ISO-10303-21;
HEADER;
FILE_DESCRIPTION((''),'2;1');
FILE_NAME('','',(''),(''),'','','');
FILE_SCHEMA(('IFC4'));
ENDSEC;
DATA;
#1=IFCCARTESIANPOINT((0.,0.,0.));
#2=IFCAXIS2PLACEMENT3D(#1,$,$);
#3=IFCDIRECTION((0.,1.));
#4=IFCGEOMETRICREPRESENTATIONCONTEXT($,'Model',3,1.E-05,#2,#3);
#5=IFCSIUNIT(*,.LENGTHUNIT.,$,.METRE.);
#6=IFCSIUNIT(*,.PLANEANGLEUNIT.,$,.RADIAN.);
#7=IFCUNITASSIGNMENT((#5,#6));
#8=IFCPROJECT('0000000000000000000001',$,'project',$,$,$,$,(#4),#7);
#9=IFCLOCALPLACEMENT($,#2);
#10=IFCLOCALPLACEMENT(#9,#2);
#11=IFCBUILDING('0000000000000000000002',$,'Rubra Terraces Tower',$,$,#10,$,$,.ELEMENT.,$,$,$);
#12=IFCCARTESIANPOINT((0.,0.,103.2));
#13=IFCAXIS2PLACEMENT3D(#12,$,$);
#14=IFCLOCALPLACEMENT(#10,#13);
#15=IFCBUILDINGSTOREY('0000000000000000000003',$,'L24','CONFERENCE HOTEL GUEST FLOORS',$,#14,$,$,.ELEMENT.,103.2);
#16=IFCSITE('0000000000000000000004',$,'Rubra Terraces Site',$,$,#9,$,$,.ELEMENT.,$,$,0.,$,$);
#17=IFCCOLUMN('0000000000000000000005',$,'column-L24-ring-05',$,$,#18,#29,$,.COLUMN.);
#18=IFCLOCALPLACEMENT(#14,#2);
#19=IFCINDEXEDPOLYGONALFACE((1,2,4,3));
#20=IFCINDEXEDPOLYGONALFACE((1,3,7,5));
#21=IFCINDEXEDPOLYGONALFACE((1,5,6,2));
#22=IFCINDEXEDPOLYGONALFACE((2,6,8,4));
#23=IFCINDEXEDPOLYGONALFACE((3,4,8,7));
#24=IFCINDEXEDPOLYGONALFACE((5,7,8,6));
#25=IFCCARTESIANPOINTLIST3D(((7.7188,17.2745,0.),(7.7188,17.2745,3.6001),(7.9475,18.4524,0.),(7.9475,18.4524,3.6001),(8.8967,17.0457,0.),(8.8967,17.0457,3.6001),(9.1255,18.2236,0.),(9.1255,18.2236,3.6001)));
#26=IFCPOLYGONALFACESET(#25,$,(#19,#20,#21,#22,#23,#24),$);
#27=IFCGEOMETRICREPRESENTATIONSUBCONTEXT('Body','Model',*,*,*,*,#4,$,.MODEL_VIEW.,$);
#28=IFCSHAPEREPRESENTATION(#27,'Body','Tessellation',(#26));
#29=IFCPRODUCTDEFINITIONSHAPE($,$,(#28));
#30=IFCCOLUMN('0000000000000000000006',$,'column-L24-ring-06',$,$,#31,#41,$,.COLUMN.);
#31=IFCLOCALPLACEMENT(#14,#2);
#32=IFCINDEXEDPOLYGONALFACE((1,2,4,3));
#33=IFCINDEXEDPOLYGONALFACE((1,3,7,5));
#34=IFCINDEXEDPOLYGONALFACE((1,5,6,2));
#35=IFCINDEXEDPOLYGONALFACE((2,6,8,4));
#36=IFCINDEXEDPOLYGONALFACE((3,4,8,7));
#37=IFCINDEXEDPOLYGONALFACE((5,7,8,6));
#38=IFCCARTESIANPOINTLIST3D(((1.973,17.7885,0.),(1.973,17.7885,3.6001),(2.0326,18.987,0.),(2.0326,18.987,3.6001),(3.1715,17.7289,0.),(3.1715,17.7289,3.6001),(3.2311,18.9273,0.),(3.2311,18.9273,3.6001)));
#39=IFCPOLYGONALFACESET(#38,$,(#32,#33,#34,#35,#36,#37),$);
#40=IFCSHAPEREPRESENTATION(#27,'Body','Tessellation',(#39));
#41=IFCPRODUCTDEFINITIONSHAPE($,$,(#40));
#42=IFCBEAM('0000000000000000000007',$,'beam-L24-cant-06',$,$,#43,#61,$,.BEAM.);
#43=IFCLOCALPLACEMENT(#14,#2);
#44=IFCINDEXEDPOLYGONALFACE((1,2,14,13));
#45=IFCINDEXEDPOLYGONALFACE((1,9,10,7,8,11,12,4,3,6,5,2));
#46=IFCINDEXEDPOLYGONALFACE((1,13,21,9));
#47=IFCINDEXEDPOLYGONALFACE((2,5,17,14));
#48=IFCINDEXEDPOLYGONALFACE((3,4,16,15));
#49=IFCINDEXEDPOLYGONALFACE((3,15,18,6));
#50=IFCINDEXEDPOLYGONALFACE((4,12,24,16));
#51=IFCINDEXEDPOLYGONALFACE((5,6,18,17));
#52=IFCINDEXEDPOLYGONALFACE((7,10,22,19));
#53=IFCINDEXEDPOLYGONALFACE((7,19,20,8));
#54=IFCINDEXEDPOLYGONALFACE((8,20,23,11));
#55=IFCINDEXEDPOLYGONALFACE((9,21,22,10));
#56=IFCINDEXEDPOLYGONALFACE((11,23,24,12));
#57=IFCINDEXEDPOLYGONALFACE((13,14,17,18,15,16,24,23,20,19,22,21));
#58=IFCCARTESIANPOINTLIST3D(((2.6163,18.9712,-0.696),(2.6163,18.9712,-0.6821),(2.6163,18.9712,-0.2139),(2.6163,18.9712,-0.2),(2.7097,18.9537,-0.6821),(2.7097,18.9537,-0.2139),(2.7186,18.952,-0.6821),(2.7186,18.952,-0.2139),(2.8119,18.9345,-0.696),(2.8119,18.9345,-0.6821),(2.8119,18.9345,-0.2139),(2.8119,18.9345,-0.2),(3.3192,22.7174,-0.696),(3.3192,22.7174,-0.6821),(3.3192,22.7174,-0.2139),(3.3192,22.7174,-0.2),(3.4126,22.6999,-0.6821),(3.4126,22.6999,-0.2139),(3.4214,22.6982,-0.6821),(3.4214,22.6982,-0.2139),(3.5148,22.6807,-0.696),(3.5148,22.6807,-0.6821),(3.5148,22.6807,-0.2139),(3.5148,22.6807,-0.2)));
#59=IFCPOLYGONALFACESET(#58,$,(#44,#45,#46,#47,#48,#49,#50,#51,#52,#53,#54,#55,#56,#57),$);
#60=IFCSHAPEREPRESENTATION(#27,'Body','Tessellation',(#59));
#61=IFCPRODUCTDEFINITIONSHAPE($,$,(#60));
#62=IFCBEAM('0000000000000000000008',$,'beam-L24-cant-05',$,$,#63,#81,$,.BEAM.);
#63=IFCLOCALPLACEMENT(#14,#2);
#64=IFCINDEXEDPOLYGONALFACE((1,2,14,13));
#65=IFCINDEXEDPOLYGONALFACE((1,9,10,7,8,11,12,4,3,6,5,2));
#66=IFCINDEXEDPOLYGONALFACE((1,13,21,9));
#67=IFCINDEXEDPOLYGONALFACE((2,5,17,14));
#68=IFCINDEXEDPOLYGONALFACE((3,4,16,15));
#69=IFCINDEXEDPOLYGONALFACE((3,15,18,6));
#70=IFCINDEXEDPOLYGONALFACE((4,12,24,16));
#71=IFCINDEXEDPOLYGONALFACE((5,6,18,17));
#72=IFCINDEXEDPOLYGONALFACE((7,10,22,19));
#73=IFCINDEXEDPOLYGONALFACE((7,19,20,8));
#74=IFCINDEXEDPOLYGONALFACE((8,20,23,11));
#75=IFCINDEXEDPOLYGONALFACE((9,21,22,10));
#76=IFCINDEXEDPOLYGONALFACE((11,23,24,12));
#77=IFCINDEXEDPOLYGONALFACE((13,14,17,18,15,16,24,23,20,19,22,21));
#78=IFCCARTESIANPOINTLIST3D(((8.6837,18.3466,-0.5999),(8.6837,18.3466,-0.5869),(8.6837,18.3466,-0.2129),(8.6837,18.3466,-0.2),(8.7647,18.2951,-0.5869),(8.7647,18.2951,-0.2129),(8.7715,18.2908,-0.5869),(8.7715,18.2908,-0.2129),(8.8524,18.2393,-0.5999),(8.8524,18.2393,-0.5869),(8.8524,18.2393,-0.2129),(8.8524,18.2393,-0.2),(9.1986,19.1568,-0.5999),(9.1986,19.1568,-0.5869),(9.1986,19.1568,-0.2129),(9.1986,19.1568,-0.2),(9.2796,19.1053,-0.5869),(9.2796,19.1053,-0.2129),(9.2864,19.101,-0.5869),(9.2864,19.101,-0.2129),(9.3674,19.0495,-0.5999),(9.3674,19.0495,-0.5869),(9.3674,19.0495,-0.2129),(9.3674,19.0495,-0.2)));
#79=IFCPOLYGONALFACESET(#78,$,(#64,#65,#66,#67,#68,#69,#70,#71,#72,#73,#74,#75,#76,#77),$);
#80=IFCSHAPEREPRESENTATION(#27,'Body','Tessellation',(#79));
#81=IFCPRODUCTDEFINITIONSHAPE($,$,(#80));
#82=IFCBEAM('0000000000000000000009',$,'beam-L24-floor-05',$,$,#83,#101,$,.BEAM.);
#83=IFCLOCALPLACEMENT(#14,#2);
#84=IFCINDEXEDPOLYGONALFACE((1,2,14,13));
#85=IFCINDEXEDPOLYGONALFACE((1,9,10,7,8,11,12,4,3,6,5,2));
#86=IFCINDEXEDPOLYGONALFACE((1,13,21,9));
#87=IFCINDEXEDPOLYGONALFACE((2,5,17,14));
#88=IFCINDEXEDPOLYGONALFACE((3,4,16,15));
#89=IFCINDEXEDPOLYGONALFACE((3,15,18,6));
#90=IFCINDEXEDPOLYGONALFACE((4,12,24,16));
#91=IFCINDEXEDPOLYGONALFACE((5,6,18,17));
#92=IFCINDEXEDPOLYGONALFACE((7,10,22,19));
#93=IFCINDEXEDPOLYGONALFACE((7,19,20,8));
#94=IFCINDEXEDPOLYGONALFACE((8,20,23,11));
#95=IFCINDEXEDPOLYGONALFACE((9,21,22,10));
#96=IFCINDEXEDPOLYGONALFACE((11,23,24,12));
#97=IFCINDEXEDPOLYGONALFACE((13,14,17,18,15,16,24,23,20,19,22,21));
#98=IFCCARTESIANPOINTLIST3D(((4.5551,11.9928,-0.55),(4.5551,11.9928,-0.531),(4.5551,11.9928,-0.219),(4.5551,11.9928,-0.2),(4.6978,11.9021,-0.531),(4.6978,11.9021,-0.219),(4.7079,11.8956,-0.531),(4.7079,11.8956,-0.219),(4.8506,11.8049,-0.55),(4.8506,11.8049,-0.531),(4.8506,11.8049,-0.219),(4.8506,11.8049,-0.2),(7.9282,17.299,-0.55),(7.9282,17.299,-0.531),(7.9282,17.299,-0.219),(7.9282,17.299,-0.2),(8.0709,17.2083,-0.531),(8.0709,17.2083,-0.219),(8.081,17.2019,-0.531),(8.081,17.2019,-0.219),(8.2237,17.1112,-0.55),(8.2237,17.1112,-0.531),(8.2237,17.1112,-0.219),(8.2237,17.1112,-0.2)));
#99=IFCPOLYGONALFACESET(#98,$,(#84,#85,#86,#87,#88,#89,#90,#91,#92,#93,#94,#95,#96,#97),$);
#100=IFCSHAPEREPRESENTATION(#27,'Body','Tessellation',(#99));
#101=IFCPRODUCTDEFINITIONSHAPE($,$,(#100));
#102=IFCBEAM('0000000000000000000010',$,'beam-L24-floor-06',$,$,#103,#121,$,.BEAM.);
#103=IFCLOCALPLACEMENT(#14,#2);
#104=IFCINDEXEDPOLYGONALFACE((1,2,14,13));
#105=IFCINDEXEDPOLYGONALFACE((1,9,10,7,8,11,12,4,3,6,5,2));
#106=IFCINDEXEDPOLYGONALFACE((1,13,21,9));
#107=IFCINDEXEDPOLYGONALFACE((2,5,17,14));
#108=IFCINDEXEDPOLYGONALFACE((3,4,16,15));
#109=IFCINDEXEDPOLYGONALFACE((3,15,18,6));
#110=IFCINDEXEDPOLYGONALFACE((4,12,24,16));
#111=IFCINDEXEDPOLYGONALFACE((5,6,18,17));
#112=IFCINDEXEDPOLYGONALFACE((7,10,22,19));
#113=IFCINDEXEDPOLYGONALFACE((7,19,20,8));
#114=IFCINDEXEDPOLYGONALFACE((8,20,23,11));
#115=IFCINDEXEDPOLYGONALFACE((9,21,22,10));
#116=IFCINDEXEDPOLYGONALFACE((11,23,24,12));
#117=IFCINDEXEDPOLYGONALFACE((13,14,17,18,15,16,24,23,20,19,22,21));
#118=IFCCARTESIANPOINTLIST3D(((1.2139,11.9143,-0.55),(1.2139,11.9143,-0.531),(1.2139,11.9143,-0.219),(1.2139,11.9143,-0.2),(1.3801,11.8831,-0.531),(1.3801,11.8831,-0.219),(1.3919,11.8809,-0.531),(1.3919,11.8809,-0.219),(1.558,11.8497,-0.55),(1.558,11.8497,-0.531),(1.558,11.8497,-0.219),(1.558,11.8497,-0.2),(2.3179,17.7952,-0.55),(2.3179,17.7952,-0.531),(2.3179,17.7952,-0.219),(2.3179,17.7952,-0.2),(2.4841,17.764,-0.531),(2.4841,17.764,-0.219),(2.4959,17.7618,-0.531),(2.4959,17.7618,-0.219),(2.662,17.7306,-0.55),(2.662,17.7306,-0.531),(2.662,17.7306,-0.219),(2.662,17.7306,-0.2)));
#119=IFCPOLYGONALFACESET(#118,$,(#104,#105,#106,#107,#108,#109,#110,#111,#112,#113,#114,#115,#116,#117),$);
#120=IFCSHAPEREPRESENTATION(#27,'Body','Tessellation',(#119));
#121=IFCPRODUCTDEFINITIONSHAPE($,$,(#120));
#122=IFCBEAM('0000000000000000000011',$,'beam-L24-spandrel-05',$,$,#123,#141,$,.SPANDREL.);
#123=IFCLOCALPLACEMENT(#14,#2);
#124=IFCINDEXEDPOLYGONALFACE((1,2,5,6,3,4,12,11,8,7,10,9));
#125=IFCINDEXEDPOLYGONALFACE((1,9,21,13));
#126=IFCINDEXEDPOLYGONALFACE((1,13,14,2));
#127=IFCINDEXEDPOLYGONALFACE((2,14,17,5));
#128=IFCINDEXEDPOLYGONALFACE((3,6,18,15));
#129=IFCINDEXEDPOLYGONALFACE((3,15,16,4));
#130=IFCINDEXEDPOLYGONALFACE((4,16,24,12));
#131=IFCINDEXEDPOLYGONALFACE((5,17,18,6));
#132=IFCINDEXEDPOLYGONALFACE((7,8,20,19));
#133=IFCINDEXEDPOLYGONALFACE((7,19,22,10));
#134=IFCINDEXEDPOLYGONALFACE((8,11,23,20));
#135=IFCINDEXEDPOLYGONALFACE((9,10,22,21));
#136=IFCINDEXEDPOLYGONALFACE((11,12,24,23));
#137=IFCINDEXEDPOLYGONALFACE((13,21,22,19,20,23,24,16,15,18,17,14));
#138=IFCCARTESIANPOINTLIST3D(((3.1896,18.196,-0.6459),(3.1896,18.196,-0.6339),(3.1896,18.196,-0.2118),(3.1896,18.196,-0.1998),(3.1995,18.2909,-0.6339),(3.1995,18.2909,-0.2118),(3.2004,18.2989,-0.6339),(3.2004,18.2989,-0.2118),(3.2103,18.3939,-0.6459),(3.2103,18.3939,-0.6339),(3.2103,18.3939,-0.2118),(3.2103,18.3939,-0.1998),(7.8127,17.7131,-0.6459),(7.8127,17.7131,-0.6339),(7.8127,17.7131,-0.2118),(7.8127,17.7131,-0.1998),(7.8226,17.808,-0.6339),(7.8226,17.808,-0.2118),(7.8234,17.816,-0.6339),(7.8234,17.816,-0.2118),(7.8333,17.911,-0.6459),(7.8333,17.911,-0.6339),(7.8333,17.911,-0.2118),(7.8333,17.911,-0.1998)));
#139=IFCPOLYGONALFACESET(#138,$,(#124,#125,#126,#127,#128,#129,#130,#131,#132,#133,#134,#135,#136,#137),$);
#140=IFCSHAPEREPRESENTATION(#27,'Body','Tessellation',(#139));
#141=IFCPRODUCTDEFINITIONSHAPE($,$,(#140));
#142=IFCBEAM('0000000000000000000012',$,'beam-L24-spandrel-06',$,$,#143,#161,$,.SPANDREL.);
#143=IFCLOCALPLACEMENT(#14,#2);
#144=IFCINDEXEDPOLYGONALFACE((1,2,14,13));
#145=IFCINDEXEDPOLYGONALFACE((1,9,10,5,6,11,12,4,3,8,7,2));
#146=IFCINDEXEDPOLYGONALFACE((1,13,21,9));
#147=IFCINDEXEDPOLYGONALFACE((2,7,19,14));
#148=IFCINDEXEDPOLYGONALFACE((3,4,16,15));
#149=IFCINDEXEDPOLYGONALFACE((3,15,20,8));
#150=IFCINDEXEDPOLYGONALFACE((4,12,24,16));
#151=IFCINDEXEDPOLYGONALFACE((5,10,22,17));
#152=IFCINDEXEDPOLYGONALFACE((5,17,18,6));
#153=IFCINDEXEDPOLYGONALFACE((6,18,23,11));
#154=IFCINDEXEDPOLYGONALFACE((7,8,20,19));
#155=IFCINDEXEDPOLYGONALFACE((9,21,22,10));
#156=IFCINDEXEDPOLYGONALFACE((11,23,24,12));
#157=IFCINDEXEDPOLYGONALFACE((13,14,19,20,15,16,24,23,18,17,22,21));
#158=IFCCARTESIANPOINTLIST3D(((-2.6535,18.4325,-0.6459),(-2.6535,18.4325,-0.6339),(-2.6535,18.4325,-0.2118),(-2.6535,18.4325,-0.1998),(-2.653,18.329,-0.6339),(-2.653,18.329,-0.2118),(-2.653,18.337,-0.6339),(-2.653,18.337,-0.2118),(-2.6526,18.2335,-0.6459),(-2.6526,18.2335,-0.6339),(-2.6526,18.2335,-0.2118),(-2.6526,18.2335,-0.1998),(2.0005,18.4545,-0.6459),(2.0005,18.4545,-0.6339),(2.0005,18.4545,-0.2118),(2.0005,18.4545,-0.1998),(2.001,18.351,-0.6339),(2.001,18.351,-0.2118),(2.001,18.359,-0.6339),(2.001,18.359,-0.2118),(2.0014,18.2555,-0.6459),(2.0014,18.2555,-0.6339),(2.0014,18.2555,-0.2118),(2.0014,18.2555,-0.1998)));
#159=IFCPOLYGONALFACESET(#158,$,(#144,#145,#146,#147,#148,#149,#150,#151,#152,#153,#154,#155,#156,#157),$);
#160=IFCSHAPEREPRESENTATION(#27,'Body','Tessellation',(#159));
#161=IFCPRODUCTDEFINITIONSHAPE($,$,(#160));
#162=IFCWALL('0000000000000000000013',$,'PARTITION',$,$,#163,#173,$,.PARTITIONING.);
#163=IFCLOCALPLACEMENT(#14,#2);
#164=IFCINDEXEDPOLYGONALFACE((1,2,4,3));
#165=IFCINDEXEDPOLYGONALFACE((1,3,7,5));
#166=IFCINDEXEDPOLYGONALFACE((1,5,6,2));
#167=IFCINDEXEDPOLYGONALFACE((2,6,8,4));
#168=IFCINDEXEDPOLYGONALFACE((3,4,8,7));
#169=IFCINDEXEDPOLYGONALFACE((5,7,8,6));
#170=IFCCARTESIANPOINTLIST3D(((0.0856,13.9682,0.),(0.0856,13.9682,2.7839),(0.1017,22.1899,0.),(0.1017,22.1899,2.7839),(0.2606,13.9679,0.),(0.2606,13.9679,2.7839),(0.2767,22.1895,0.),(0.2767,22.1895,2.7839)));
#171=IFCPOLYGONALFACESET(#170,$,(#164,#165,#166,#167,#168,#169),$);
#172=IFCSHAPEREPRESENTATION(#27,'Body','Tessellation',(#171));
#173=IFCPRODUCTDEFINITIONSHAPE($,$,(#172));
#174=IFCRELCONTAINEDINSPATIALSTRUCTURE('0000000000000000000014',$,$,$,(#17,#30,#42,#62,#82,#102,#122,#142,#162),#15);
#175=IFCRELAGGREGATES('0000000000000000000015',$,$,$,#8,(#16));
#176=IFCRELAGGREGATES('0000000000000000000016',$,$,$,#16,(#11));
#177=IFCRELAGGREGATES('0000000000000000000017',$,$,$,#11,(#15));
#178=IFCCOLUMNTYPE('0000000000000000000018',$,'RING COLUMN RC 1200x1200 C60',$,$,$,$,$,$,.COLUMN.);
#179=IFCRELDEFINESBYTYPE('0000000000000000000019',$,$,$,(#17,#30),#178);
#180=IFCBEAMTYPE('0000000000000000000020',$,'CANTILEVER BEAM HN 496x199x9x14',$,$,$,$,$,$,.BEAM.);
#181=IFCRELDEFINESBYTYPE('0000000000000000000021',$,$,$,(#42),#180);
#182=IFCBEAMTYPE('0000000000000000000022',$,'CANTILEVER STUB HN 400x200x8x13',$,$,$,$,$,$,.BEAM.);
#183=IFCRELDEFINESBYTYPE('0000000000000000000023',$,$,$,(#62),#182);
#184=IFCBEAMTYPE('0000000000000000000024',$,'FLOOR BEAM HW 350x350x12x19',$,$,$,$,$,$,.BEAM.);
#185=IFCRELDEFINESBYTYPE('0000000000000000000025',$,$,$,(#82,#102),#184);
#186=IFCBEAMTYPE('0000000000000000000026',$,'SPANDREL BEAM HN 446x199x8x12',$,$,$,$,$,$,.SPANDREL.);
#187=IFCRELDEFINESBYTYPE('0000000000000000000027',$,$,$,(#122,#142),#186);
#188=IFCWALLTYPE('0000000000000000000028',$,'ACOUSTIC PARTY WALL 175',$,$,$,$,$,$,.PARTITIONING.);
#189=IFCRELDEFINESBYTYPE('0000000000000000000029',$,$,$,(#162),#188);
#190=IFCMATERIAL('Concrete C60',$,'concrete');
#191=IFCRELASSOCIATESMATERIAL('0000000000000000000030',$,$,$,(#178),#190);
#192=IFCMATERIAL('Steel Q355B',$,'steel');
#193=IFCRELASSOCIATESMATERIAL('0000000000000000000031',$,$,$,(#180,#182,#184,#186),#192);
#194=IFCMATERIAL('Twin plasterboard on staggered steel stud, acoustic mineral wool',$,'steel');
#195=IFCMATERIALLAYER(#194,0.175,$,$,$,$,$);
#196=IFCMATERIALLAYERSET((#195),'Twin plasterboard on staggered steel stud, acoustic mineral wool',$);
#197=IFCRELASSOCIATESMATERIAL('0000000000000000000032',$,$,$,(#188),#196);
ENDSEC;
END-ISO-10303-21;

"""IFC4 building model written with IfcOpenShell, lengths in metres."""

from ifc_helpers import new_model, si_unit, direction, frame, frame_2d, origin, origin_2d, place, context, subcontext, project, spatial, rectangle, i_section, extrude, material, layer, layer_set, material_profile, profile_set, type_object, element, save


model = new_model("IFC4")

# Units and contexts
model_context = context("Model", 3, precision=1e-05, world=origin(), true_north=direction((0.0, 1.0)))
body_context = subcontext(model_context, "Body", "Model", "MODEL_VIEW")
ifc_project = project(units=[si_unit("LENGTHUNIT", "METRE"), si_unit("PLANEANGLEUNIT", "RADIAN")], contexts=[model_context])

# Site, building, storey
site_placement = place(None, origin())
site = spatial("IfcSite", under=ifc_project, at=site_placement, Name="Rubra Terraces Site", CompositionType="ELEMENT", RefElevation=0.0)
building_placement = place(site_placement, origin())
building = spatial("IfcBuilding", under=site, at=building_placement, Name="Rubra Terraces Tower", CompositionType="ELEMENT")
storey_placement = place(building_placement, frame((0.0, 0.0, 103.2)))
storey = spatial("IfcBuildingStorey", under=building, at=storey_placement, Name="L24", Description="CONFERENCE HOTEL GUEST FLOORS", CompositionType="ELEMENT", Elevation=103.2)

# Columns
ifc_material_1 = material(Name="Concrete C60", Category="concrete")
ifc_material_profile_1 = material_profile(ifc_material_1, rectangle(XDim=1.2, YDim=1.2, at=origin_2d()), Name="RC 1200x1200")
ifc_profile_set_1 = profile_set([ifc_material_profile_1], Name="Concrete C60")
column_type = type_object("IfcColumnType", Name="RING COLUMN RC 1200x1200 C60", PredefinedType="COLUMN", material=ifc_profile_set_1)
for number, where, z_axis, x_axis, name in (
    (1, (8.4221, 17.749, 0.0), (0.0, 0.0, 1.0), (-0.981655, 0.190668, 0.0), "column-L24-ring-05"),
    (2, (2.6021, 18.3579, 0.0), (0.0, 0.0, 1.0), (-0.998764, 0.049699, 0.0), "column-L24-ring-06"),
):
    element("IfcColumn", number, at=place(storey_placement, frame(where, z_axis=z_axis, x_axis=x_axis)), inside=storey, type_object=column_type, Name=name, PredefinedType="COLUMN", context=body_context, shape_type="SweptSolid", body=[
        extrude(rectangle(XDim=1.2, YDim=1.2, at=origin_2d()), origin(), (0.0, 0.0, 1.0), 3.6001),
    ])

# Beams
ifc_material_2 = material(Name="Steel Q355B", Category="steel")
ifc_material_profile_2 = material_profile(ifc_material_2, i_section(OverallWidth=0.199, OverallDepth=0.4961, WebThickness=0.009, FlangeThickness=0.0139, at=origin_2d()), Name="HN 496x199x9x14")
ifc_profile_set_2 = profile_set([ifc_material_profile_2], Name="Steel Q355B")
beam_type_1 = type_object("IfcBeamType", Name="CANTILEVER BEAM HN 496x199x9x14", PredefinedType="BEAM", material=ifc_profile_set_2)
beam_1_placement = place(storey_placement, frame((2.7141, 18.9529, -0.448), z_axis=(0.184412, 0.982849, 0.0), x_axis=(-0.982849, 0.184412, 0.0)))
element("IfcBeam", 3, at=beam_1_placement, inside=storey, type_object=beam_type_1, Name="beam-L24-cant-06", PredefinedType="BEAM", context=body_context, shape_type="SweptSolid", body=[
    extrude(i_section(OverallWidth=0.199, OverallDepth=0.4961, WebThickness=0.009, FlangeThickness=0.0139, at=origin_2d()), origin(), (0.0, 0.0, 1.0), 3.8115),
])
ifc_material_profile_3 = material_profile(ifc_material_2, i_section(OverallWidth=0.2, OverallDepth=0.3999, WebThickness=0.0081, FlangeThickness=0.0129, at=origin_2d()), Name="HN 400x200x8x13")
ifc_profile_set_3 = profile_set([ifc_material_profile_3], Name="Steel Q355B")
beam_type_2 = type_object("IfcBeamType", Name="CANTILEVER STUB HN 400x200x8x13", PredefinedType="BEAM", material=ifc_profile_set_3)
beam_2_placement = place(storey_placement, frame((8.7681, 18.293, -0.3999), z_axis=(0.536431, 0.843944, 0.0), x_axis=(-0.843944, 0.536431, 0.0)))
element("IfcBeam", 4, at=beam_2_placement, inside=storey, type_object=beam_type_2, Name="beam-L24-cant-05", PredefinedType="BEAM", context=body_context, shape_type="SweptSolid", body=[
    extrude(i_section(OverallWidth=0.2, OverallDepth=0.3999, WebThickness=0.0081, FlangeThickness=0.0129, at=origin_2d()), origin(), (0.0, 0.0, 1.0), 0.96),
])
ifc_material_profile_4 = material_profile(ifc_material_2, i_section(OverallWidth=0.3501, OverallDepth=0.3501, WebThickness=0.012, FlangeThickness=0.019, at=origin_2d()), Name="HW 350x350x12x19")
ifc_profile_set_4 = profile_set([ifc_material_profile_4], Name="Steel Q355B")
beam_type_3 = type_object("IfcBeamType", Name="FLOOR BEAM HW 350x350x12x19", PredefinedType="BEAM", material=ifc_profile_set_4)
beam_3_placement = place(storey_placement, frame((8.0759, 17.2051, -0.375), z_axis=(-0.536468, -0.84392, 0.0), x_axis=(0.84392, -0.536468, 0.0)))
element("IfcBeam", 5, at=beam_3_placement, inside=storey, type_object=beam_type_3, Name="beam-L24-floor-05", PredefinedType="BEAM", context=body_context, shape_type="SweptSolid", body=[
    extrude(i_section(OverallWidth=0.3501, OverallDepth=0.3501, WebThickness=0.012, FlangeThickness=0.019, at=origin_2d()), origin(), (0.0, 0.0, 1.0), 6.2876),
])
beam_4_placement = place(storey_placement, frame((2.49, 17.7629, -0.375), z_axis=(-0.184505, -0.982832, 0.0), x_axis=(0.982832, -0.184505, 0.0)))
element("IfcBeam", 6, at=beam_4_placement, inside=storey, type_object=beam_type_3, Name="beam-L24-floor-06", PredefinedType="BEAM", context=body_context, shape_type="SweptSolid", body=[
    extrude(i_section(OverallWidth=0.3501, OverallDepth=0.3501, WebThickness=0.012, FlangeThickness=0.019, at=origin_2d()), origin(), (0.0, 0.0, 1.0), 5.9836),
])
ifc_material_profile_5 = material_profile(ifc_material_2, i_section(OverallWidth=0.199, OverallDepth=0.446, WebThickness=0.0081, FlangeThickness=0.012, at=origin_2d()), Name="HN 446x199x8x12")
ifc_profile_set_5 = profile_set([ifc_material_profile_5], Name="Steel Q355B")
beam_type_4 = type_object("IfcBeamType", Name="SPANDREL BEAM HN 446x199x8x12", PredefinedType="SPANDREL", material=ifc_profile_set_5)
beam_5_placement = place(storey_placement, frame((7.823, 17.812, -0.4229), z_axis=(-0.994589, 0.103892, 0.0), x_axis=(-0.103892, -0.994589, 0.0)))
element("IfcBeam", 7, at=beam_5_placement, inside=storey, type_object=beam_type_4, Name="beam-L24-spandrel-05", PredefinedType="SPANDREL", context=body_context, shape_type="SweptSolid", body=[
    extrude(i_section(OverallWidth=0.199, OverallDepth=0.446, WebThickness=0.0081, FlangeThickness=0.012, at=origin_2d()), origin(), (0.0, 0.0, 1.0), 4.6482),
])
beam_6_placement = place(storey_placement, frame((2.001, 18.355, -0.4229), z_axis=(-0.999989, -0.004721, 0.0), x_axis=(0.004721, -0.999989, 0.0)))
element("IfcBeam", 8, at=beam_6_placement, inside=storey, type_object=beam_type_4, Name="beam-L24-spandrel-06", PredefinedType="SPANDREL", context=body_context, shape_type="SweptSolid", body=[
    extrude(i_section(OverallWidth=0.199, OverallDepth=0.446, WebThickness=0.0081, FlangeThickness=0.012, at=origin_2d()), origin(), (0.0, 0.0, 1.0), 4.6541),
])

# Wall
ifc_material_3 = material(Name="Twin plasterboard on staggered steel stud, acoustic mineral wool", Category="steel")
ifc_layer_1 = layer(ifc_material_3, 0.175)
ifc_layer_set_1 = layer_set([ifc_layer_1], Name="Twin plasterboard on staggered steel stud, acoustic mineral wool")
wall_type_1 = type_object("IfcWallType", Name="ACOUSTIC PARTY WALL 175", PredefinedType="PARTITIONING", material=ifc_layer_set_1)
wall_1_placement = place(storey_placement, frame((0.1892, 22.1897, 0.0), z_axis=(0.0, 0.0, 1.0), x_axis=(-0.00196, -0.999998, 0.0)))
element("IfcWall", 9, at=wall_1_placement, inside=storey, type_object=wall_type_1, Name="PARTITION", PredefinedType="PARTITIONING", context=body_context, shape_type="SweptSolid", body=[
    extrude(rectangle(XDim=8.2217, YDim=0.175, at=frame_2d((4.1108, 0.0))), origin(), (0.0, 0.0, 1.0), 2.7839),
])

save(model, "model.ifc")
